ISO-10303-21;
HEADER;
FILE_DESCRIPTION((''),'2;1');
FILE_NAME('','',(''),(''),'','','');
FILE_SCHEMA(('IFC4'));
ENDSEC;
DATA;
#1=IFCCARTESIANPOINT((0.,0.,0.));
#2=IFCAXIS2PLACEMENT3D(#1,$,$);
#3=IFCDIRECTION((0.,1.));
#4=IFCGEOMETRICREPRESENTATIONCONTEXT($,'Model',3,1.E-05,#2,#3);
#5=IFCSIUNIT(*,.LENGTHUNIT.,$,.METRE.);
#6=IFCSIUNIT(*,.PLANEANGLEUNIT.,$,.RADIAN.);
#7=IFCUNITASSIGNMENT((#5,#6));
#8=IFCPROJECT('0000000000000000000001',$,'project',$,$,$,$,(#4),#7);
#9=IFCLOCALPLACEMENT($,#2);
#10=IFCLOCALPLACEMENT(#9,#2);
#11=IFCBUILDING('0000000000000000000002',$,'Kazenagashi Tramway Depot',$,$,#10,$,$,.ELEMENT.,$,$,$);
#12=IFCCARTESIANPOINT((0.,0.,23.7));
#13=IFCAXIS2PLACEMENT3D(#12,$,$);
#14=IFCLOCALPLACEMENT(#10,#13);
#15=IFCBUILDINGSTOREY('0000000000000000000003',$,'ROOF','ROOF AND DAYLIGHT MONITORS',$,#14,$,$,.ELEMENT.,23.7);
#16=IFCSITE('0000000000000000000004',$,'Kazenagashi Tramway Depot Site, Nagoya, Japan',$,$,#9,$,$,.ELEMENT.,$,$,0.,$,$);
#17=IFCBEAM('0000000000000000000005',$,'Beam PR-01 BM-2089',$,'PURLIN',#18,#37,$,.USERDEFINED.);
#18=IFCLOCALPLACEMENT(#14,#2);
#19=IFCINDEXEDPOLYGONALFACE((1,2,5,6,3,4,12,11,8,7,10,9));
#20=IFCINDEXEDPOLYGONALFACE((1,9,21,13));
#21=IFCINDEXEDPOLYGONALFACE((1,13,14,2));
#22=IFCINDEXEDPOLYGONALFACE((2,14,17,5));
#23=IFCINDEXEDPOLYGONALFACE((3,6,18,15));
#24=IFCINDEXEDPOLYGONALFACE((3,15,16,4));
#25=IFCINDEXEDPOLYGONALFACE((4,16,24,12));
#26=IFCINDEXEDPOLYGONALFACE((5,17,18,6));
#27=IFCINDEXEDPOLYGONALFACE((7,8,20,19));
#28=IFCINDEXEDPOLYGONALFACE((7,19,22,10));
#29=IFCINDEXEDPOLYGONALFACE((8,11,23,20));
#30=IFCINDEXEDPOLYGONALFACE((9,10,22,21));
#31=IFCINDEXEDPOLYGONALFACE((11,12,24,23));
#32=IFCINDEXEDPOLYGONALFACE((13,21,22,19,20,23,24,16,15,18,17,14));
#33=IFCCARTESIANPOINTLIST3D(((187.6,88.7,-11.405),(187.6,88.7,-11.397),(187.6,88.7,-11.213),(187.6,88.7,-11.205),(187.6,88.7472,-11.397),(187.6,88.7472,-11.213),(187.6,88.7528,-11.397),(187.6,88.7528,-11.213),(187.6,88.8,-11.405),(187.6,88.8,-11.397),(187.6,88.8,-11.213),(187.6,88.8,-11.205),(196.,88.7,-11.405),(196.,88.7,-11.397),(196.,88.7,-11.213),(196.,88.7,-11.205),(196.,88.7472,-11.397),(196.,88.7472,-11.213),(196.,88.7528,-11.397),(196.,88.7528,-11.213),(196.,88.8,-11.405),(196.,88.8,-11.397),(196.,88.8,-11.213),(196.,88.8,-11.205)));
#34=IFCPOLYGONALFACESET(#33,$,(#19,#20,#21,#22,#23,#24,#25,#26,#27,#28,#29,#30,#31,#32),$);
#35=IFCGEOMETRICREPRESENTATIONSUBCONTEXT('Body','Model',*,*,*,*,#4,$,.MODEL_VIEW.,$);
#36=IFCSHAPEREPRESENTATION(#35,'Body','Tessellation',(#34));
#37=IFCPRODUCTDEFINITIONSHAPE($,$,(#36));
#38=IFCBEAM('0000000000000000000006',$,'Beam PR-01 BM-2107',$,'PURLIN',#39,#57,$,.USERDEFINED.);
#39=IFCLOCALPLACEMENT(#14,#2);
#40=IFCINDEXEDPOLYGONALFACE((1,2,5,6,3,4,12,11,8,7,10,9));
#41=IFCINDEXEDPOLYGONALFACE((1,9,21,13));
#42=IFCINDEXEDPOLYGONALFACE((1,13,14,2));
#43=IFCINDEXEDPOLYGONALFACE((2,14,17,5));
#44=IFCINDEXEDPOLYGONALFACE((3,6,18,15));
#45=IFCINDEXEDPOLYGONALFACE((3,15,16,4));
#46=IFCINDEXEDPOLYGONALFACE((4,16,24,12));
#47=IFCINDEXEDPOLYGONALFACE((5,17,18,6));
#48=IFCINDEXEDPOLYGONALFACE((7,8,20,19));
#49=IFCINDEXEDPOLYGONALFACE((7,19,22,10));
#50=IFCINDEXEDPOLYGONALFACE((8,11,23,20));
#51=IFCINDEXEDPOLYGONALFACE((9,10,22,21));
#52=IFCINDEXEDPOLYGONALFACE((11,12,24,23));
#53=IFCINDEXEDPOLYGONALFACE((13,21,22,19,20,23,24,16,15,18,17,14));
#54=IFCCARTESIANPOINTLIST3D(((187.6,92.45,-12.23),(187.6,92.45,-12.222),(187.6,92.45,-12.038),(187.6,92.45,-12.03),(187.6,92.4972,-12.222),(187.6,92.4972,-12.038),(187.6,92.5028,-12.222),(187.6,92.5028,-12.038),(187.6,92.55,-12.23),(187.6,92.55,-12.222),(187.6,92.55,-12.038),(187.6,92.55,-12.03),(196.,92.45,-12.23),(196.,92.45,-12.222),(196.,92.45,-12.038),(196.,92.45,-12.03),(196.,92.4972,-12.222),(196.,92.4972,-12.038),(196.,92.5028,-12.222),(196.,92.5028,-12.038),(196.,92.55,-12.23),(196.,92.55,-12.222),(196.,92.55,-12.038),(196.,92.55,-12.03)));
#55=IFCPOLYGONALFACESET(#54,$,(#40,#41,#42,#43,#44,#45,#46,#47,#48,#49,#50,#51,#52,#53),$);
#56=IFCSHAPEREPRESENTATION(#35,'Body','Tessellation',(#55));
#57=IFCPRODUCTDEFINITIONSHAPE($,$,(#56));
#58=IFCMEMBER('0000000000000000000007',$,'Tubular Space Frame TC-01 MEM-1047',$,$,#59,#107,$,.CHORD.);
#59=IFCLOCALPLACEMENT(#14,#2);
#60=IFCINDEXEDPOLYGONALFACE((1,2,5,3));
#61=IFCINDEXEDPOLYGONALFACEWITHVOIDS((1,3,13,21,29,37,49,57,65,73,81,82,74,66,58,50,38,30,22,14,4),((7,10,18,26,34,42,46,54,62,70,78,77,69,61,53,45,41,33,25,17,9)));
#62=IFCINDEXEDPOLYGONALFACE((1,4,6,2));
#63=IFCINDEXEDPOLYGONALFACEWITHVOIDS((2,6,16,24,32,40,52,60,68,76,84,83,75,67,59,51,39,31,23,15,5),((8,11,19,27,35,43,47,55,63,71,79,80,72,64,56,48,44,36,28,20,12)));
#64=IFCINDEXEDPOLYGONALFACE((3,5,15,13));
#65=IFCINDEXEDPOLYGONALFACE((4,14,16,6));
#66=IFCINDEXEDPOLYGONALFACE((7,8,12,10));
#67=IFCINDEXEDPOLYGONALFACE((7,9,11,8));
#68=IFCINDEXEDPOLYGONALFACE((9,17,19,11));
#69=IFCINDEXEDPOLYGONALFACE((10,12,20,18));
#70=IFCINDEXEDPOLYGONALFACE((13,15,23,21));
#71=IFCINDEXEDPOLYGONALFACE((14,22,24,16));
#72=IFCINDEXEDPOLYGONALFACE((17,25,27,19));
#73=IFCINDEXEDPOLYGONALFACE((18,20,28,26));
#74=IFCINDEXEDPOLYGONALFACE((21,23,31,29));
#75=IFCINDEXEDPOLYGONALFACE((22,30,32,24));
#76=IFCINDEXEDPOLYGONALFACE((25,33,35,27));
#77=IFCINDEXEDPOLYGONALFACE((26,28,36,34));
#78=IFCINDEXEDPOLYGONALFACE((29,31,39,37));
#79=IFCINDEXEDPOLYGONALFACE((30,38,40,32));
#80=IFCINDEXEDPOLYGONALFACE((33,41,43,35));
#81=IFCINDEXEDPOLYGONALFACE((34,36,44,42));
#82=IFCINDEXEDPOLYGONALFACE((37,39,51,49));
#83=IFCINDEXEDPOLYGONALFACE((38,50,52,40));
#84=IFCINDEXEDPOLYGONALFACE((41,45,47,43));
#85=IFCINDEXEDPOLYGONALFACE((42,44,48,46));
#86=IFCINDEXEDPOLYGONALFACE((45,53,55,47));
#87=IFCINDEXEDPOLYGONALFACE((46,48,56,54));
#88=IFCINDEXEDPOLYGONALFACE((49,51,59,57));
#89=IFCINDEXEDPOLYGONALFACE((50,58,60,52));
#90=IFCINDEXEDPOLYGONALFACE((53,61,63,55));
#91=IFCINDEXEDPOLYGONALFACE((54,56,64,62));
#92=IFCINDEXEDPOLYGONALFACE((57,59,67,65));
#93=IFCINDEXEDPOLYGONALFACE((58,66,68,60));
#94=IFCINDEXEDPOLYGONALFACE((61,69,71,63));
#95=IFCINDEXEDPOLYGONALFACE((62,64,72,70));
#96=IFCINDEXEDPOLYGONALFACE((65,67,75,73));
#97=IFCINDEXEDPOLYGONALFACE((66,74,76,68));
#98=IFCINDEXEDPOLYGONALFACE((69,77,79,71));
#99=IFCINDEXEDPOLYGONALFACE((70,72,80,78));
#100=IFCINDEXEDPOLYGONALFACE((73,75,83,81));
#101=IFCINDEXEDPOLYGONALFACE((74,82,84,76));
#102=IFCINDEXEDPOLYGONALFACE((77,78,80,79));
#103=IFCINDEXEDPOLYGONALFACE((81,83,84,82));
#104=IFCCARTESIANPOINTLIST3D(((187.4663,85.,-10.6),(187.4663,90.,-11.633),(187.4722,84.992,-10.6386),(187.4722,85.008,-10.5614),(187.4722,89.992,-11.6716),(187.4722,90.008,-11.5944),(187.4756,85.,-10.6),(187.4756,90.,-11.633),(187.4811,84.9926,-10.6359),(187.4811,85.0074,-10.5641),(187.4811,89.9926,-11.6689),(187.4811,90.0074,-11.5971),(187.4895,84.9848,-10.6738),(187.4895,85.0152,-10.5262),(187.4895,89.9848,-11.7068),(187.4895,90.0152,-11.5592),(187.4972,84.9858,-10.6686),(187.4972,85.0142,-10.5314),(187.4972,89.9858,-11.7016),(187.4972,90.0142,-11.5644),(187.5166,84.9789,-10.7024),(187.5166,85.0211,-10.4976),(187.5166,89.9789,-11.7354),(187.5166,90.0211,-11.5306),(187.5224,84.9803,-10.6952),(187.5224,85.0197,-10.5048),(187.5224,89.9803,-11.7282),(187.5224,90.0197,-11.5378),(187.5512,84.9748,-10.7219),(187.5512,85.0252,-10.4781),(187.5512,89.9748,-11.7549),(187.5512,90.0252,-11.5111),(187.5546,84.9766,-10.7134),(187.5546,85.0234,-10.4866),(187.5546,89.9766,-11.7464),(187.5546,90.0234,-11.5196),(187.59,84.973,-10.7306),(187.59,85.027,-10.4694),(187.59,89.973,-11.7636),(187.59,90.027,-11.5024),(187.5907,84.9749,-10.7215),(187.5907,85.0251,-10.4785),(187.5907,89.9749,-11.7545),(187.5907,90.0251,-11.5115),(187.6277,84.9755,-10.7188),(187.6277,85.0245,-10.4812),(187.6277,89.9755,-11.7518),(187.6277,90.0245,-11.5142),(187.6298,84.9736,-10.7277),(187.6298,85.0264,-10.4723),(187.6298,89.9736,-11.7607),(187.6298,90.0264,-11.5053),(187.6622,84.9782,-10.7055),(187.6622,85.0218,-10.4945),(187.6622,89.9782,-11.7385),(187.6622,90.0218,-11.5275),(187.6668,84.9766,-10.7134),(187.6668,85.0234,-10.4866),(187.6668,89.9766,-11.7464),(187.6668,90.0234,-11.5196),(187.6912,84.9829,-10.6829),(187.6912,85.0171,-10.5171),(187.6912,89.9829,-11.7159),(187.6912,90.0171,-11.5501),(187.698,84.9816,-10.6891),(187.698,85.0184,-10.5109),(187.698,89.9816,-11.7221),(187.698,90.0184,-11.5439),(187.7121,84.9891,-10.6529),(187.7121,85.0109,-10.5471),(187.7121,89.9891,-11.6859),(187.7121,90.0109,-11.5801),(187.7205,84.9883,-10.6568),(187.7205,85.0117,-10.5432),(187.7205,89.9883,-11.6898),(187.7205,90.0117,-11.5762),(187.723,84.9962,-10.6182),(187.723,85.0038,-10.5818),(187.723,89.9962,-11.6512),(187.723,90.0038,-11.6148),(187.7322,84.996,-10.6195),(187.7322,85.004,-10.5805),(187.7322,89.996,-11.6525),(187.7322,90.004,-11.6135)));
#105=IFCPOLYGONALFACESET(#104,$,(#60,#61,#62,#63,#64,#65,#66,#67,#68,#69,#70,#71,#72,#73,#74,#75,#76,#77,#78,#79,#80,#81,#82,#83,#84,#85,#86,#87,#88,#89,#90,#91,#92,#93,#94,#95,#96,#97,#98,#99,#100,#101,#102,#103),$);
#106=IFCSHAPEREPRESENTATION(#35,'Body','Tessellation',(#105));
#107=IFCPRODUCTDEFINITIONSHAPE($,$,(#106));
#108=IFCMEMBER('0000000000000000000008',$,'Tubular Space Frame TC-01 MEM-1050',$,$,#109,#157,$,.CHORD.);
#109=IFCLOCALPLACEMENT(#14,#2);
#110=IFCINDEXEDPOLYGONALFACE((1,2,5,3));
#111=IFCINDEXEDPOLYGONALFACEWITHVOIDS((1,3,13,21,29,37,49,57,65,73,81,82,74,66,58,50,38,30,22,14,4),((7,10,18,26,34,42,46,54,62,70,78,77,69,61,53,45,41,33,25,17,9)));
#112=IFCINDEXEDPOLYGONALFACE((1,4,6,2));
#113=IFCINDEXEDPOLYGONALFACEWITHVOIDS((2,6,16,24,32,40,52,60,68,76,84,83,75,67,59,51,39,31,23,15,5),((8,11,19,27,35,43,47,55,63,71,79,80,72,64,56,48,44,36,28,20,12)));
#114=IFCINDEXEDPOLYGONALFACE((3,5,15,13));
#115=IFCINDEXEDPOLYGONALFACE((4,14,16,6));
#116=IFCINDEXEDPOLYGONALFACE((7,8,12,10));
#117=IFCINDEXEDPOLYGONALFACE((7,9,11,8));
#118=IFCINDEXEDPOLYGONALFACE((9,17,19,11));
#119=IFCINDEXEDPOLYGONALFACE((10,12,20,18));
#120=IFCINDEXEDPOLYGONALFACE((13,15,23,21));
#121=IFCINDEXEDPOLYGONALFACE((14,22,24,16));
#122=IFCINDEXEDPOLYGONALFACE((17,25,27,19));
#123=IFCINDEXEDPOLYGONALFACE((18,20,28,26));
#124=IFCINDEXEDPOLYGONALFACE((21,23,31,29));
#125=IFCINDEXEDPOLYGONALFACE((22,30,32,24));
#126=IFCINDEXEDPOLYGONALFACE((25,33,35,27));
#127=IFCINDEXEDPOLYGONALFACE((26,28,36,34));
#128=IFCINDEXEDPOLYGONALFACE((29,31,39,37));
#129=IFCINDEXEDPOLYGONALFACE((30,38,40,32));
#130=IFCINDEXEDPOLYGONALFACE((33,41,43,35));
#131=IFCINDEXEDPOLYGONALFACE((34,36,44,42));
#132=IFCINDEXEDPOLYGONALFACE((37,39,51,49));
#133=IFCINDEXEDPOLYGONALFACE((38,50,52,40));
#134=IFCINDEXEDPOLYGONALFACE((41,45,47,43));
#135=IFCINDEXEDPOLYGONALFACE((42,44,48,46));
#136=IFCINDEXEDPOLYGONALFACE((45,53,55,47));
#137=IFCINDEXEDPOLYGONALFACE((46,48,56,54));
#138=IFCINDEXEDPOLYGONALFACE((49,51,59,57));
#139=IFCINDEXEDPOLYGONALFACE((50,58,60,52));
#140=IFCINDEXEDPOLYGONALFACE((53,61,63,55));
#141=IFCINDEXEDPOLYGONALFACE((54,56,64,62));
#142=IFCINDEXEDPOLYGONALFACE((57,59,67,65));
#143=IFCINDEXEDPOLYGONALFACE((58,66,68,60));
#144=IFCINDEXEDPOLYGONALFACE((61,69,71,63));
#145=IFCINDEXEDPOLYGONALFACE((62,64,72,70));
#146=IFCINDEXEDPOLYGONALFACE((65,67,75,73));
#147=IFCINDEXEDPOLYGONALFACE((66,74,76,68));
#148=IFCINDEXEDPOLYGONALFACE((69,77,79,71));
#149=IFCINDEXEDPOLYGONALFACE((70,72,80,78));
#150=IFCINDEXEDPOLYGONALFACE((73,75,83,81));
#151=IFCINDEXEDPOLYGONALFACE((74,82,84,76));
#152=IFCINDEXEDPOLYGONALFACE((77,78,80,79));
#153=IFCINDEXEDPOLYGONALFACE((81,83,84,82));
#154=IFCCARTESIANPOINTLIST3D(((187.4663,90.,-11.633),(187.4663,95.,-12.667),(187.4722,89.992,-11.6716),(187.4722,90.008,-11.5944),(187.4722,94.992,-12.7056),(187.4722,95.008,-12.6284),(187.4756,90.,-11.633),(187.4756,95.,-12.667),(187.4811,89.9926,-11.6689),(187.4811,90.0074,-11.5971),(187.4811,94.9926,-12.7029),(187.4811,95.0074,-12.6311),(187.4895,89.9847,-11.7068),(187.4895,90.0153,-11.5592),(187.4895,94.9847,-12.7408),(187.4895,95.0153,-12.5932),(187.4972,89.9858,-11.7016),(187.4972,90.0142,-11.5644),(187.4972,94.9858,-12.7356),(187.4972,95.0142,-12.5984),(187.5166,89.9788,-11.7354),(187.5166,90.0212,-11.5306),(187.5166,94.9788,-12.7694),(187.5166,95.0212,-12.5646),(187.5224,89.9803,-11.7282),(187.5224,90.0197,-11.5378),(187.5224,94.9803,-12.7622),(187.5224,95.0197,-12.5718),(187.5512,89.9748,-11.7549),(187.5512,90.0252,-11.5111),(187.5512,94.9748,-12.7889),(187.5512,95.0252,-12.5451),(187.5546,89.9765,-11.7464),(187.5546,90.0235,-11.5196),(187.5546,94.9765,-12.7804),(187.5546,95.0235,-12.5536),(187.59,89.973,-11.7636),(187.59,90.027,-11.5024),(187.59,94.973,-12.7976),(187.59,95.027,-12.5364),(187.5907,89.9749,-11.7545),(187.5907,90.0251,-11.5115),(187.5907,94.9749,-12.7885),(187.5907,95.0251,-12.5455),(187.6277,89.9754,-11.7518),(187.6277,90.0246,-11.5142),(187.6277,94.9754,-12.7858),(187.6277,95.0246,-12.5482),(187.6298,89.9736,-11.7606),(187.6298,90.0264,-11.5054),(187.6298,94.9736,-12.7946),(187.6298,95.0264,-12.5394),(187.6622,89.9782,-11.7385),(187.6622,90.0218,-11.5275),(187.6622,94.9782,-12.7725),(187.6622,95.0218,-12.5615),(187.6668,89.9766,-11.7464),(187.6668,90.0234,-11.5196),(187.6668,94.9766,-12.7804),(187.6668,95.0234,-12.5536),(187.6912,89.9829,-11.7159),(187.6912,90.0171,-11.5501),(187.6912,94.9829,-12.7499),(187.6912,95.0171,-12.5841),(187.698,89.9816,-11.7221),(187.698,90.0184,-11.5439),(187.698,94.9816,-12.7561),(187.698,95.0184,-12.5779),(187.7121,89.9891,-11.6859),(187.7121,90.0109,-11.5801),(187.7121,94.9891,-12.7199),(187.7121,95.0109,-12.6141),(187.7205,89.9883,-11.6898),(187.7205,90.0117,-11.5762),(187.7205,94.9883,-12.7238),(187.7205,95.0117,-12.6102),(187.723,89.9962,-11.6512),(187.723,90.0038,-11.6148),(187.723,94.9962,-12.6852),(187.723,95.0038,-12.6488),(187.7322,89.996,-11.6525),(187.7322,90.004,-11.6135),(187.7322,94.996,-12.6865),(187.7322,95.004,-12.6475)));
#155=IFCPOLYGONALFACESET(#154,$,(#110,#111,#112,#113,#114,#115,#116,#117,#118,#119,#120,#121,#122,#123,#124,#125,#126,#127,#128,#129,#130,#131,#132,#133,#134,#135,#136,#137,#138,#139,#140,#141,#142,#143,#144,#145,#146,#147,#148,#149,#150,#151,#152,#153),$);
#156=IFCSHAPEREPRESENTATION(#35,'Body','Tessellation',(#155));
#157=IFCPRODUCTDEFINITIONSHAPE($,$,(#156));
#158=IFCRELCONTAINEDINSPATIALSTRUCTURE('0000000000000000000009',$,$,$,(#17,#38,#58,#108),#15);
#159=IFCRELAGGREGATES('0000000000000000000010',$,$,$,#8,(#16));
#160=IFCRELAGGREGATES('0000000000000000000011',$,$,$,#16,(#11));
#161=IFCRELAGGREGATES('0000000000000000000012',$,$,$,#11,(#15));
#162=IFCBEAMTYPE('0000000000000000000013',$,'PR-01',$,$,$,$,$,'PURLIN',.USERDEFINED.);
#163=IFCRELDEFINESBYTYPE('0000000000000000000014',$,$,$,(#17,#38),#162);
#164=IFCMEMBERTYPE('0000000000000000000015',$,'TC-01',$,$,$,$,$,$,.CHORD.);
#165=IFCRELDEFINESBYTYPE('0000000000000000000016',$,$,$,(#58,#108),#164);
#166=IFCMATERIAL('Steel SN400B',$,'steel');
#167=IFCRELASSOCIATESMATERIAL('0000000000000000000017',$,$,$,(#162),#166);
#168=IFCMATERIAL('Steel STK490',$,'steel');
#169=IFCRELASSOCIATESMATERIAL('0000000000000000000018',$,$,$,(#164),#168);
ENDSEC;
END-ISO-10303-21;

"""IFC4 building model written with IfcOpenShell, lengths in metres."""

from ifc_helpers import new_model, si_unit, direction, frame, origin, origin_2d, place, context, subcontext, project, spatial, hollow_circle, i_section, extrude, material, material_profile, profile_set, type_object, element, save


model = new_model("IFC4")

# Units and contexts
model_context = context("Model", 3, precision=1e-05, world=origin(), true_north=direction((0.0, 1.0)))
body_context = subcontext(model_context, "Body", "Model", "MODEL_VIEW")
ifc_project = project(units=[si_unit("LENGTHUNIT", "METRE"), si_unit("PLANEANGLEUNIT", "RADIAN")], contexts=[model_context])

# Site, building, storey
site_placement = place(None, origin())
site = spatial("IfcSite", under=ifc_project, at=site_placement, Name="Kazenagashi Tramway Depot Site, Nagoya, Japan", CompositionType="ELEMENT", RefElevation=0.0)
building_placement = place(site_placement, origin())
building = spatial("IfcBuilding", under=site, at=building_placement, Name="Kazenagashi Tramway Depot", CompositionType="ELEMENT")
storey_placement = place(building_placement, frame((0.0, 0.0, 23.7)))
storey = spatial("IfcBuildingStorey", under=building, at=storey_placement, Name="ROOF", Description="ROOF AND DAYLIGHT MONITORS", CompositionType="ELEMENT", Elevation=23.7)

# Beams
ifc_material_1 = material(Name="Steel SN400B", Category="steel")
ifc_material_profile_1 = material_profile(ifc_material_1, i_section(OverallWidth=0.1, OverallDepth=0.2, WebThickness=0.0055, FlangeThickness=0.008, at=origin_2d()), Name="H-200x100x5.5x8")
ifc_profile_set_1 = profile_set([ifc_material_profile_1], Name="Steel SN400B")
beam_type = type_object("IfcBeamType", Name="PR-01", ElementType="PURLIN", PredefinedType="USERDEFINED", material=ifc_profile_set_1)
for number, where, z_axis, x_axis, name in (
    (1, (187.6, 88.75, -11.305), (1.0, 0.0, 0.0), (0.0, 1.0, 0.0), "Beam PR-01 BM-2089"),
    (2, (187.6, 92.5, -12.13), (1.0, 0.0, 0.0), (0.0, 1.0, 0.0), "Beam PR-01 BM-2107"),
):
    element("IfcBeam", number, at=place(storey_placement, frame(where, z_axis=z_axis, x_axis=x_axis)), inside=storey, type_object=beam_type, Name=name, ObjectType="PURLIN", PredefinedType="USERDEFINED", context=body_context, shape_type="SweptSolid", body=[
        extrude(i_section(OverallWidth=0.1, OverallDepth=0.2, WebThickness=0.0055, FlangeThickness=0.008, at=origin_2d()), origin(), (0.0, 0.0, 1.0), 8.4),
    ])

# Members
ifc_material_2 = material(Name="Steel STK490", Category="steel")
ifc_material_profile_2 = material_profile(ifc_material_2, hollow_circle(Radius=0.1337, WallThickness=0.0093, at=origin_2d()), Name="CHS-267.4x9.3")
ifc_profile_set_2 = profile_set([ifc_material_profile_2], Name="Steel STK490")
member_type_1 = type_object("IfcMemberType", Name="TC-01", PredefinedType="CHORD", material=ifc_profile_set_2)
member_1_placement = place(storey_placement, frame((187.6, 85.0, -10.6), z_axis=(0.0, 0.979318, -0.202327), x_axis=(-1.0, 0.0, 0.0)))
element("IfcMember", 3, at=member_1_placement, inside=storey, type_object=member_type_1, Name="Tubular Space Frame TC-01 MEM-1047", PredefinedType="CHORD", context=body_context, shape_type="SweptSolid", body=[
    extrude(hollow_circle(Radius=0.1337, WallThickness=0.0093, at=origin_2d()), origin(), (0.0, 0.0, 1.0), 5.1056),
])
member_2_placement = place(storey_placement, frame((187.6, 90.0, -11.633), z_axis=(0.0, 0.979279, -0.202515), x_axis=(-1.0, 0.0, 0.0)))
element("IfcMember", 4, at=member_2_placement, inside=storey, type_object=member_type_1, Name="Tubular Space Frame TC-01 MEM-1050", PredefinedType="CHORD", context=body_context, shape_type="SweptSolid", body=[
    extrude(hollow_circle(Radius=0.1337, WallThickness=0.0093, at=origin_2d()), origin(), (0.0, 0.0, 1.0), 5.1058),
])

save(model, "model.ifc")
